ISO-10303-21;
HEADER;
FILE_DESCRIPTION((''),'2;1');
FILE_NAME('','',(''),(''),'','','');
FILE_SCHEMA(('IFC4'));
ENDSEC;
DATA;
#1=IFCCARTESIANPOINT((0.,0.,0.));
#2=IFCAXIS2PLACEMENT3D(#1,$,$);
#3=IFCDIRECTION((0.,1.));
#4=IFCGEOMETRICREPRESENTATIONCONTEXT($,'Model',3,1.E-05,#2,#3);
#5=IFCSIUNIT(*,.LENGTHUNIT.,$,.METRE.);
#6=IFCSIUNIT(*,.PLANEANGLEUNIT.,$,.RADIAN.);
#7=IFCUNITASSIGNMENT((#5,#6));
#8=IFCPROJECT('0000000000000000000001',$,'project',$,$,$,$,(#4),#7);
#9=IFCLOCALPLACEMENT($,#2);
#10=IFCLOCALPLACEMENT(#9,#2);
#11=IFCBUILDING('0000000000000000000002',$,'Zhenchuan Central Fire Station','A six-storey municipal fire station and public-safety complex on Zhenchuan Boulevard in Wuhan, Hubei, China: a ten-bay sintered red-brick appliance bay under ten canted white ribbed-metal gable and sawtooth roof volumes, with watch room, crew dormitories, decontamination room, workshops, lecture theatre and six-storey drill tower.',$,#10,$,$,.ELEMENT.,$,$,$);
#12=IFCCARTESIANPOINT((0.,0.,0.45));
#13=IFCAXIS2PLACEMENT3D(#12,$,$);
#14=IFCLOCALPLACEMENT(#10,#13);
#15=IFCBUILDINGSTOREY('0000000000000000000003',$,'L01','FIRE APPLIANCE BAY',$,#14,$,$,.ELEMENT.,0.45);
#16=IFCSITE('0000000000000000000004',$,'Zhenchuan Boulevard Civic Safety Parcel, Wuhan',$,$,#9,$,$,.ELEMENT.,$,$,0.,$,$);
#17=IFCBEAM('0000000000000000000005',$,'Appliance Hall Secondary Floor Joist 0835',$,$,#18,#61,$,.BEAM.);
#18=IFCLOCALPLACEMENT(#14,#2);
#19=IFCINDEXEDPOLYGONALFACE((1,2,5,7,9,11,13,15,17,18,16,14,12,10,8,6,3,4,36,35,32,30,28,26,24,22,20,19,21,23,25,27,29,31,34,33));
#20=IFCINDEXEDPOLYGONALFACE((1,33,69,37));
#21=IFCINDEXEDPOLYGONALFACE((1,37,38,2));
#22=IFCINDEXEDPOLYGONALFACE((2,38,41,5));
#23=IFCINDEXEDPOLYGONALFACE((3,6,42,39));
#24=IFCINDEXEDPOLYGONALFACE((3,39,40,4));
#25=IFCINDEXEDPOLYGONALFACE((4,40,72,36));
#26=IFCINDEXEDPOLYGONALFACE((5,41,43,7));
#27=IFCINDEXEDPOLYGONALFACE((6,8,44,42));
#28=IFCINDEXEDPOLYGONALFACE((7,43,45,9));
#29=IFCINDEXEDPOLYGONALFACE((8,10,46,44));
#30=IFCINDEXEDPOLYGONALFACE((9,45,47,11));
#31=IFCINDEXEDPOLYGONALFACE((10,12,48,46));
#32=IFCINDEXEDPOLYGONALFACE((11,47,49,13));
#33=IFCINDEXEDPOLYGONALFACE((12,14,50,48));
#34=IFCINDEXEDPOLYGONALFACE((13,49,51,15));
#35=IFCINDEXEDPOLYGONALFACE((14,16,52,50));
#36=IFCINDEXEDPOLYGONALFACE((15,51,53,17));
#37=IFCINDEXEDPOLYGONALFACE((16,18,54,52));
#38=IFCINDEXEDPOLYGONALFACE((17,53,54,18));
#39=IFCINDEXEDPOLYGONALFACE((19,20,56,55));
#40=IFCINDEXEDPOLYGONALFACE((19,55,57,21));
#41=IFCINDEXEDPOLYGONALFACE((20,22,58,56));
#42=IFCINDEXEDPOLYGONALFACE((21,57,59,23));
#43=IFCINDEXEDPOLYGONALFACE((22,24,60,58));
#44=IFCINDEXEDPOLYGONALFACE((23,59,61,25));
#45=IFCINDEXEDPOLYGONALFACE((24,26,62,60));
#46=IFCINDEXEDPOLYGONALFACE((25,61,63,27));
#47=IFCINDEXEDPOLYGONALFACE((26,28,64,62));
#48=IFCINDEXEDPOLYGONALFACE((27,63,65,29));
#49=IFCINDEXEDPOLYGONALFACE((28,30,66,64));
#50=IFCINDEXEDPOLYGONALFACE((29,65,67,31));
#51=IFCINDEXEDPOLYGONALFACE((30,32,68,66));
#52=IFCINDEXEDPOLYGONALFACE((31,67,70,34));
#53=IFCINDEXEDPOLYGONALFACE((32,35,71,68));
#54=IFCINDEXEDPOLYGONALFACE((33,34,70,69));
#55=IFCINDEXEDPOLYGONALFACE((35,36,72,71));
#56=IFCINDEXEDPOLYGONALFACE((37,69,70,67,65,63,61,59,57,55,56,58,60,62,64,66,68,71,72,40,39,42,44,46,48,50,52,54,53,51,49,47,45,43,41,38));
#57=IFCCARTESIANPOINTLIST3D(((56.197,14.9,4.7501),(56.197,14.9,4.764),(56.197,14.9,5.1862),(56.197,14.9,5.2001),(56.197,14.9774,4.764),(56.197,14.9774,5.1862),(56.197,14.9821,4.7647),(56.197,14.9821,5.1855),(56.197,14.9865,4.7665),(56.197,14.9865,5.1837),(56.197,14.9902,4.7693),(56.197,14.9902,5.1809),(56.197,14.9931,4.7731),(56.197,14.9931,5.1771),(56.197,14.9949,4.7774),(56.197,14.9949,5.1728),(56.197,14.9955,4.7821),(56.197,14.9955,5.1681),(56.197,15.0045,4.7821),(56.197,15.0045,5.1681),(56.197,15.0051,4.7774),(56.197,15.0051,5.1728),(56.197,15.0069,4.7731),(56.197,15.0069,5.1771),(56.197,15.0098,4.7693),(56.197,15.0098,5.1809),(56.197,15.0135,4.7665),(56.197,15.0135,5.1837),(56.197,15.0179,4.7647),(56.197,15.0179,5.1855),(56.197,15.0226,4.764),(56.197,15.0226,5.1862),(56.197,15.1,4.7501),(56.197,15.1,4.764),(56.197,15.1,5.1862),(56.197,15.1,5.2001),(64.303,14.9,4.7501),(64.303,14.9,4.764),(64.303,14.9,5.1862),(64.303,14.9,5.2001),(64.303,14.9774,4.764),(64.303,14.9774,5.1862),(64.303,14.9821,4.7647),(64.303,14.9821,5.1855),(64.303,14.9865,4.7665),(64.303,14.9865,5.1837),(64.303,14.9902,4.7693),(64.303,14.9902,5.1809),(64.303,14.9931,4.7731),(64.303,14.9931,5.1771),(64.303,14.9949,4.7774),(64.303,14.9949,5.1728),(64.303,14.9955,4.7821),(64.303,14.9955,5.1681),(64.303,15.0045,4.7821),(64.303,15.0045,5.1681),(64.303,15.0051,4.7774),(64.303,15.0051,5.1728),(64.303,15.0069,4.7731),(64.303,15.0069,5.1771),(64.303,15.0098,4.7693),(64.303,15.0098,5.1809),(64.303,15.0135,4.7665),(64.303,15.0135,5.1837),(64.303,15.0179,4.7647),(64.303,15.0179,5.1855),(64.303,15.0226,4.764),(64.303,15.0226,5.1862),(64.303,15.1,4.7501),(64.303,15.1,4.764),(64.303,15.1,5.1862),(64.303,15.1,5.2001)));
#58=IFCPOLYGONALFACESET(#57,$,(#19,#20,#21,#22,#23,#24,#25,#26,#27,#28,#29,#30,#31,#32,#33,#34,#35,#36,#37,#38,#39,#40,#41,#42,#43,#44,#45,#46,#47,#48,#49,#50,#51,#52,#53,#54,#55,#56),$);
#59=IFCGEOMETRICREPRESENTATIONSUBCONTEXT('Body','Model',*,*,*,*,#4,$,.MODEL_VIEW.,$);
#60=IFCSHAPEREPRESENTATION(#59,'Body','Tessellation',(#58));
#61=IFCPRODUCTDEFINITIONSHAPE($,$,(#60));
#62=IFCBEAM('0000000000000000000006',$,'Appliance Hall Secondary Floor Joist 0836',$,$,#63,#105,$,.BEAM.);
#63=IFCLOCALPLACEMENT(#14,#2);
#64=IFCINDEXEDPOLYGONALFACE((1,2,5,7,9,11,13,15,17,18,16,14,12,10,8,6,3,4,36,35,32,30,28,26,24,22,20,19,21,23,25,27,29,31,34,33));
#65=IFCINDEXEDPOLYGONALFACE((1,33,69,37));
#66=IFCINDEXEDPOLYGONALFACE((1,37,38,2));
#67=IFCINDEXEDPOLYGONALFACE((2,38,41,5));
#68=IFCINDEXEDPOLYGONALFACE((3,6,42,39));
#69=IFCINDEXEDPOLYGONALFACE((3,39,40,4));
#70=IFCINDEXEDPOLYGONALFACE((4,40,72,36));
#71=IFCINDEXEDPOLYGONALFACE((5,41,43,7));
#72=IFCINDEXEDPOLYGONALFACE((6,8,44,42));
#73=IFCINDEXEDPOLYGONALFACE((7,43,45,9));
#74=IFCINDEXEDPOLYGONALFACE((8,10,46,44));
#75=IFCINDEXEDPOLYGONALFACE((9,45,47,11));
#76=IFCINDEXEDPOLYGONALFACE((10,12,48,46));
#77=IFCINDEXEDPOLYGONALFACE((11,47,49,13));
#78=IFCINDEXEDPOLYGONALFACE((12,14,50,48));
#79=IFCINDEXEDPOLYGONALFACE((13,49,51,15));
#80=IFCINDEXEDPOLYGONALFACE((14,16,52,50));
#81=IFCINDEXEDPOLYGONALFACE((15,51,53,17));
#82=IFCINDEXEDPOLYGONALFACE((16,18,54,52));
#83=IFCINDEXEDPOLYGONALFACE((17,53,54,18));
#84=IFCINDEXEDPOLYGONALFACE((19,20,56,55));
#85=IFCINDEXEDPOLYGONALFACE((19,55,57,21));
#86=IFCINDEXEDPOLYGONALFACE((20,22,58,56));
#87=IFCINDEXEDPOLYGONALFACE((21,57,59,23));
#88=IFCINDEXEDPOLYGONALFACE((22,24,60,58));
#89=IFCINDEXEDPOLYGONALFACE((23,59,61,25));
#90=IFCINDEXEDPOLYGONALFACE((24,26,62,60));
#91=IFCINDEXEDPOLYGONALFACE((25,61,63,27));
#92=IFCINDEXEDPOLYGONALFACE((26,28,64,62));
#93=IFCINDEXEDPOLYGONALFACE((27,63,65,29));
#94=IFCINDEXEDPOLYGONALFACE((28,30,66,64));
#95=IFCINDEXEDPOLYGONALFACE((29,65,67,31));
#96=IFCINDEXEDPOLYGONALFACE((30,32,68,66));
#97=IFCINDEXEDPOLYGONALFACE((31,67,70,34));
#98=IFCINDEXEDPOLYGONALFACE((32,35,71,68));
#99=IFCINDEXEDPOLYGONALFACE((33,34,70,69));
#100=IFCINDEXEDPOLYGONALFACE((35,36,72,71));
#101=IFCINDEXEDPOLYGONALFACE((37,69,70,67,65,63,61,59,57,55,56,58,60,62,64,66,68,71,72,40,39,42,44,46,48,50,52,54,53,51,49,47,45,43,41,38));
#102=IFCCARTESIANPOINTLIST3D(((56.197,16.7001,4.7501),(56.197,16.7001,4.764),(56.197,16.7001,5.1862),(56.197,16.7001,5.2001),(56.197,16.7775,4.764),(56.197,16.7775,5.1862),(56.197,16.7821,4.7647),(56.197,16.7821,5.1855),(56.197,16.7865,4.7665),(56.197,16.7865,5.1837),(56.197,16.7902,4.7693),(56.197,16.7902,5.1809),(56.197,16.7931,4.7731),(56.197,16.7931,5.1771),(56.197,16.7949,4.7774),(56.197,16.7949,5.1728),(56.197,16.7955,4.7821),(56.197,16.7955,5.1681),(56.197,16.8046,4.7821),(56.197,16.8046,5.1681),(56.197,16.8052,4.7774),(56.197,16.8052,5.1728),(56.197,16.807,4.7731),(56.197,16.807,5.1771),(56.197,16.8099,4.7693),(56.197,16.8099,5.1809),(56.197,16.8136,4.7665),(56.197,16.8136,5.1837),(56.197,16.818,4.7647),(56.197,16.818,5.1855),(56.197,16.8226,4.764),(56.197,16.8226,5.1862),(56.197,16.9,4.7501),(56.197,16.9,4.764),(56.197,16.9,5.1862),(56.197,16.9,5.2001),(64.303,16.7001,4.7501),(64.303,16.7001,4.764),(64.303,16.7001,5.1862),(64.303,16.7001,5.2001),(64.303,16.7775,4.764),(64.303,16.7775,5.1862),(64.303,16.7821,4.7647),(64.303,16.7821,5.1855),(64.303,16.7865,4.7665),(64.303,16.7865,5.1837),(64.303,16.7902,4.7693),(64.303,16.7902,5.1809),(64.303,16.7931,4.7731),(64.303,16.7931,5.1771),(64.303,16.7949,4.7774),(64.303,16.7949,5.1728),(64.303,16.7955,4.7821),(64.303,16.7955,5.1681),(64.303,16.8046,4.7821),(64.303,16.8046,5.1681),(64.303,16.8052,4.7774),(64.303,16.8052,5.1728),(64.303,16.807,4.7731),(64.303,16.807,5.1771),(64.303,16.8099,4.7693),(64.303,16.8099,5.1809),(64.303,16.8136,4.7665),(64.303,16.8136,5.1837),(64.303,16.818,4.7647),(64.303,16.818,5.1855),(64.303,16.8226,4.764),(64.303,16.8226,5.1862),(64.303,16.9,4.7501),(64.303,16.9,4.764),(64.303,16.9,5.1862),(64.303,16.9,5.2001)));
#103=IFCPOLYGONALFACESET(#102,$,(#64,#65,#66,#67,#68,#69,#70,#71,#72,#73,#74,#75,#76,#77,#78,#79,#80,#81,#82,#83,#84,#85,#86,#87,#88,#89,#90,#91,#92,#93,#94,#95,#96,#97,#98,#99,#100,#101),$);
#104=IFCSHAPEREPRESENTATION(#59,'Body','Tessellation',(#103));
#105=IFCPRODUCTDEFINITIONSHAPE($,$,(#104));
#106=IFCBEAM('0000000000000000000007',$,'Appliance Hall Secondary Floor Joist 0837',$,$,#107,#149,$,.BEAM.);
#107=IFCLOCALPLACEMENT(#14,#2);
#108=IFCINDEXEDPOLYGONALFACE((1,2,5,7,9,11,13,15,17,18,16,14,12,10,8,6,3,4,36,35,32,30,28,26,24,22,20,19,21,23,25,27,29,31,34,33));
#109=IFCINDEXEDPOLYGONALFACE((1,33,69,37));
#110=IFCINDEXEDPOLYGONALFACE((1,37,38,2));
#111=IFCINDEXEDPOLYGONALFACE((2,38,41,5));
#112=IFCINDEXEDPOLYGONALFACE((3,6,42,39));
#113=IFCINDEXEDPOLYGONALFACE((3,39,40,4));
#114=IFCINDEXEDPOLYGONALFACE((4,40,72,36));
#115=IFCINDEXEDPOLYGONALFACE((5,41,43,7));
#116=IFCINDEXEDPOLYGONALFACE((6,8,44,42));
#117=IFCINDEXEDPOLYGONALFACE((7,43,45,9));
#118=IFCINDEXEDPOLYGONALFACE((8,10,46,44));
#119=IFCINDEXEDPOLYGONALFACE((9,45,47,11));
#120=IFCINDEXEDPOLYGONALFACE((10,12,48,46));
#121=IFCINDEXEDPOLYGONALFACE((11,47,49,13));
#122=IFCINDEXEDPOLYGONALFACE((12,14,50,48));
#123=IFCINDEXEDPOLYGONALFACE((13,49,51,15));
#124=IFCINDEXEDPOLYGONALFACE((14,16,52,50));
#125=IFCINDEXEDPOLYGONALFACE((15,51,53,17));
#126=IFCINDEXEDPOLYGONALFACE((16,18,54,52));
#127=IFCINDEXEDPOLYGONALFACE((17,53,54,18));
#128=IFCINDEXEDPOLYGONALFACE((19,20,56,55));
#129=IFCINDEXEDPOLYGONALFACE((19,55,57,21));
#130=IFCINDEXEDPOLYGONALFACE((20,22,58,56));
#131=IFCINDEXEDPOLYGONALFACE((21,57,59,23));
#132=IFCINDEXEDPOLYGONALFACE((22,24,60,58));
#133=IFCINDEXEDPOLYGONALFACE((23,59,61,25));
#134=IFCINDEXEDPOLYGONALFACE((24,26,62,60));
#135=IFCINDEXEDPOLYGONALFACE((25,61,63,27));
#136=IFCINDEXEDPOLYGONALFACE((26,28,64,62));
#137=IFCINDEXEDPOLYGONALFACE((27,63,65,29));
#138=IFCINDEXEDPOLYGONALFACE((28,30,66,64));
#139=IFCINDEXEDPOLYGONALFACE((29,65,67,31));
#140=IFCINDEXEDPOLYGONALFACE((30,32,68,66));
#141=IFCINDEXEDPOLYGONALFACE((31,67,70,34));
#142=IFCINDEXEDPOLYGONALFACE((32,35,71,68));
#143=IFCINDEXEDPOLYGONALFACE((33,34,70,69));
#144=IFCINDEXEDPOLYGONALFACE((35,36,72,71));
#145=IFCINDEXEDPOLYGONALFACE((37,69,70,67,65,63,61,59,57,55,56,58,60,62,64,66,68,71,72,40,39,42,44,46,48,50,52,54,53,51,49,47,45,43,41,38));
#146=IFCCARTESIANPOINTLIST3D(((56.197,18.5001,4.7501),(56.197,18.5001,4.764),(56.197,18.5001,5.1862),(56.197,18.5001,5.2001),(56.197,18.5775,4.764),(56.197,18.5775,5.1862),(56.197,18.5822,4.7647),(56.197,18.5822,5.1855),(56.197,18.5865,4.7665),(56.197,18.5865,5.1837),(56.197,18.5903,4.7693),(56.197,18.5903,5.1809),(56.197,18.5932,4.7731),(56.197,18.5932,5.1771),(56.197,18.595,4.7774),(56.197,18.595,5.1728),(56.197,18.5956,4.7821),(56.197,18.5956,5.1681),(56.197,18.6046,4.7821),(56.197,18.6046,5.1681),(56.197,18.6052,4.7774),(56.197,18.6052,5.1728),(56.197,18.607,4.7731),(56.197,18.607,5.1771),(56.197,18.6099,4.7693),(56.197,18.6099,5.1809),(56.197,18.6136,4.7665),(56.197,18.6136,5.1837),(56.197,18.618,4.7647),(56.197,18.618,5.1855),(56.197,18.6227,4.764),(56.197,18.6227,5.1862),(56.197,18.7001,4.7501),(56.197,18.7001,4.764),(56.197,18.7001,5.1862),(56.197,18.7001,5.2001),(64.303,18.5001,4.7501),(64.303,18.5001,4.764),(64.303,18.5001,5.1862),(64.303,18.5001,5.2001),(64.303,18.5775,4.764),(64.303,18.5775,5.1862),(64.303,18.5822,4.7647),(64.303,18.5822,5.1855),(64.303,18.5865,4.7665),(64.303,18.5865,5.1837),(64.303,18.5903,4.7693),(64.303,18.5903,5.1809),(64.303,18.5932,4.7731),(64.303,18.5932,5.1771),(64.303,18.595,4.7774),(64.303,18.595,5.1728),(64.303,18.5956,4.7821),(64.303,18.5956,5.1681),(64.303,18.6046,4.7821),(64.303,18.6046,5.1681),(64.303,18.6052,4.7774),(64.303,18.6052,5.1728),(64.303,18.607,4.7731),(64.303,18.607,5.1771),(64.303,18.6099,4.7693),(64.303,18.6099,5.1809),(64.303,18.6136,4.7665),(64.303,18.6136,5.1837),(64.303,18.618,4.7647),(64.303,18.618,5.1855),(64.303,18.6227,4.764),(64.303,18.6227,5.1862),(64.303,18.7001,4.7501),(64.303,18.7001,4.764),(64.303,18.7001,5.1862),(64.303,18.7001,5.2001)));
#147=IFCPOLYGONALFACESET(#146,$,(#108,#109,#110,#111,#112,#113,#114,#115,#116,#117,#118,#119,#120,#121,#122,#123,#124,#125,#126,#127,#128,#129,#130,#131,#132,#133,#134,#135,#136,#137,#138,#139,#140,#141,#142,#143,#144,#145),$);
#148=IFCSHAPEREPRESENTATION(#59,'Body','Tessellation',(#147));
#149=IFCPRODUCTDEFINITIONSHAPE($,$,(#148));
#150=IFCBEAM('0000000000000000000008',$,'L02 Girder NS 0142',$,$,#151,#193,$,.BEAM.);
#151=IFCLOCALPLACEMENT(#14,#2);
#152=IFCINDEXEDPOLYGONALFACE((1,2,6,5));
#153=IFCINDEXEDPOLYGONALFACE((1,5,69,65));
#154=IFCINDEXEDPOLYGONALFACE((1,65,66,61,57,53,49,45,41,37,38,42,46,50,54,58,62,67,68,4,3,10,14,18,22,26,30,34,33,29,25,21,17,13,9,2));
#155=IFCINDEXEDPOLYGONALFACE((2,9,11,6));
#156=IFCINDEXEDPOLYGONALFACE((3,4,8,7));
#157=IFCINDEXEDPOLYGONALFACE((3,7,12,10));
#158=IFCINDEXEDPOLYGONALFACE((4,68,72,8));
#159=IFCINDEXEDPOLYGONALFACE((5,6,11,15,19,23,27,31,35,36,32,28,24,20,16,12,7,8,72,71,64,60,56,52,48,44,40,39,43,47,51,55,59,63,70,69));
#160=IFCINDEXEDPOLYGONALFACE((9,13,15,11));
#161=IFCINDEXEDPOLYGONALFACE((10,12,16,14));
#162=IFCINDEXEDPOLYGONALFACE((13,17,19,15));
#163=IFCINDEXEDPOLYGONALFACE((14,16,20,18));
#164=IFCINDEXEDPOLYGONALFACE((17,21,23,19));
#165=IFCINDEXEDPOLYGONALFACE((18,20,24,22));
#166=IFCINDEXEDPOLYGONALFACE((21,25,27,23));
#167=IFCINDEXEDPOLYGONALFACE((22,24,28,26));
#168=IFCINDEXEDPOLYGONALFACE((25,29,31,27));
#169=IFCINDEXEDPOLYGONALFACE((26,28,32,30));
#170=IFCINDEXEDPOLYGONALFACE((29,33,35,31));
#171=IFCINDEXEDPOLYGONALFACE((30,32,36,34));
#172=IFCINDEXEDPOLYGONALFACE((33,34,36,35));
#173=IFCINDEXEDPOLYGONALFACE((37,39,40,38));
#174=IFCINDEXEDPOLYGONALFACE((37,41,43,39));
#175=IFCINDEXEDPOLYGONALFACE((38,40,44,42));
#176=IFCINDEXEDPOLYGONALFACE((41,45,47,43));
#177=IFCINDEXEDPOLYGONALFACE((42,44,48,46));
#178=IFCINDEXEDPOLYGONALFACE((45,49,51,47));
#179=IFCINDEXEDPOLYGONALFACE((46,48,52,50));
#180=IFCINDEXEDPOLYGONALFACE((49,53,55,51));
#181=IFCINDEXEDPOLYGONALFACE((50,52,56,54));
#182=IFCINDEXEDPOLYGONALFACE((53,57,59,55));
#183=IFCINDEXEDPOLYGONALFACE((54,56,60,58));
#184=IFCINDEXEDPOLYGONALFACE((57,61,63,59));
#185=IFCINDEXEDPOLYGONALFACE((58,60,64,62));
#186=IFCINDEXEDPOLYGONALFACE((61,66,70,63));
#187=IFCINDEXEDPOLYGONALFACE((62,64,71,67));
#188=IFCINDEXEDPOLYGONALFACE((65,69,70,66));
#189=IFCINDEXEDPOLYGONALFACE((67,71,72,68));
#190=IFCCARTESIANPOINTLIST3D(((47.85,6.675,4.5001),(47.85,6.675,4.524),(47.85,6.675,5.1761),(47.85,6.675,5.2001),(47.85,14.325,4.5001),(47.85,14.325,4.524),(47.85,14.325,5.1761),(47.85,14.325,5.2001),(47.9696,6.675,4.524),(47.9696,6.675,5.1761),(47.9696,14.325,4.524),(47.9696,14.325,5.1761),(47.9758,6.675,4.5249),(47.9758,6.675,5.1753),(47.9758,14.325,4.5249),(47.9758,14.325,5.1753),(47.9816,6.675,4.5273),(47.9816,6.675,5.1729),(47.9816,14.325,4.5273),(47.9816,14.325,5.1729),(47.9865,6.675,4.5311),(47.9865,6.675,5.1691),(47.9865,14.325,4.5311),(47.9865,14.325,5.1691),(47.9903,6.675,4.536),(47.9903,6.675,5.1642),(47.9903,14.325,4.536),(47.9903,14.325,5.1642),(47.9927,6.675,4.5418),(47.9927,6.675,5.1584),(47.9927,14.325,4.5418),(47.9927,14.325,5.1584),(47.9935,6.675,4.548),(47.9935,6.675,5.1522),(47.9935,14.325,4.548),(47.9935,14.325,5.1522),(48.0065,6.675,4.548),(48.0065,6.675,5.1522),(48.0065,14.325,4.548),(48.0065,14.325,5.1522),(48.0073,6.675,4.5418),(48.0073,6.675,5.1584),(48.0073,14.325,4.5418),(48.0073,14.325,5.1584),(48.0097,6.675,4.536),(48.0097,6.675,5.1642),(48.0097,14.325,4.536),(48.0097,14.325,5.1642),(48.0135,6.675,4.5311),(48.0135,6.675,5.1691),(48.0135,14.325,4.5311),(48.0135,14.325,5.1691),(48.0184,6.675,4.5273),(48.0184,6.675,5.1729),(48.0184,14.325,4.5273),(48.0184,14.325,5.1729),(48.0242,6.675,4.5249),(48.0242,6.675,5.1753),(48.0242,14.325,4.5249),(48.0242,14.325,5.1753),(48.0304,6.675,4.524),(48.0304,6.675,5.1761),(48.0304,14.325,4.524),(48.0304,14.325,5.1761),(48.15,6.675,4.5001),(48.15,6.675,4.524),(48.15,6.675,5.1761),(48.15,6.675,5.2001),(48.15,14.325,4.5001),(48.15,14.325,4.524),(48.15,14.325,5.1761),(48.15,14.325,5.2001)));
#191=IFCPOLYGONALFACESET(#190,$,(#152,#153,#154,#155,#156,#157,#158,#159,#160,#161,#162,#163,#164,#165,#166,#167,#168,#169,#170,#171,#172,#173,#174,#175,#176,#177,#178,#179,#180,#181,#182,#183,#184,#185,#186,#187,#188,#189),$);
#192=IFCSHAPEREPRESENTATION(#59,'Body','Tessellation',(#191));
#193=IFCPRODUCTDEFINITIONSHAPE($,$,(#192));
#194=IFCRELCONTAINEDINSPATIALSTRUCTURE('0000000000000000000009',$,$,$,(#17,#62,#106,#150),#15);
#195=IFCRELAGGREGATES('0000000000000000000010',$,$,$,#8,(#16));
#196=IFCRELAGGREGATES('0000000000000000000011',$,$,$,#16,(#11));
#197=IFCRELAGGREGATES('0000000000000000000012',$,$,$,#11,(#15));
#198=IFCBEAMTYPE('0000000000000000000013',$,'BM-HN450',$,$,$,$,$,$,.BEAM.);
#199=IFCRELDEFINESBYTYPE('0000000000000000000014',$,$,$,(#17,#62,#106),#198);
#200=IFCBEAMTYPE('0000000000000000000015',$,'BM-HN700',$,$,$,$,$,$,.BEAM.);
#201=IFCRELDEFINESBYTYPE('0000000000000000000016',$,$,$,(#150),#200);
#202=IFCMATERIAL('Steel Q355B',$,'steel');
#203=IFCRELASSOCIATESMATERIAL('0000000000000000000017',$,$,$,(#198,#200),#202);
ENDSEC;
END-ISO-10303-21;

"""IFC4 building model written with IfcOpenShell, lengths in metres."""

from ifc_helpers import new_model, si_unit, direction, frame, origin, origin_2d, place, context, subcontext, project, spatial, i_section, extrude, material, material_profile, profile_set, type_object, element, save


model = new_model("IFC4")

# Units and contexts
model_context = context("Model", 3, precision=1e-05, world=origin(), true_north=direction((0.0, 1.0)))
body_context = subcontext(model_context, "Body", "Model", "MODEL_VIEW")
ifc_project = project(units=[si_unit("LENGTHUNIT", "METRE"), si_unit("PLANEANGLEUNIT", "RADIAN")], contexts=[model_context])

# Site, building, storey
site_placement = place(None, origin())
site = spatial("IfcSite", under=ifc_project, at=site_placement, Name="Zhenchuan Boulevard Civic Safety Parcel, Wuhan", CompositionType="ELEMENT", RefElevation=0.0)
building_placement = place(site_placement, origin())
building = spatial("IfcBuilding", under=site, at=building_placement, Name="Zhenchuan Central Fire Station", Description="A six-storey municipal fire station and public-safety complex on Zhenchuan Boulevard in Wuhan, Hubei, China: a ten-bay sintered red-brick appliance bay under ten canted white ribbed-metal gable and sawtooth roof volumes, with watch room, crew dormitories, decontamination room, workshops, lecture theatre and six-storey drill tower.", CompositionType="ELEMENT")
storey_placement = place(building_placement, frame((0.0, 0.0, 0.45)))
storey = spatial("IfcBuildingStorey", under=building, at=storey_placement, Name="L01", Description="FIRE APPLIANCE BAY", CompositionType="ELEMENT", Elevation=0.45)

# Shared definitions
ifc_material_1 = material(Name="Steel Q355B", Category="steel")

# Beams
ifc_material_profile_1 = material_profile(ifc_material_1, i_section(OverallWidth=0.2, OverallDepth=0.45, WebThickness=0.009, FlangeThickness=0.0139, FilletRadius=0.0181, at=origin_2d()), Name="HN 450x200")
ifc_profile_set_1 = profile_set([ifc_material_profile_1], Name="Steel Q355B")
beam_type_1 = type_object("IfcBeamType", Name="BM-HN450", PredefinedType="BEAM", material=ifc_profile_set_1)
for number, where, z_axis, x_axis, name in (
    (1, (56.197, 15.0, 4.9751), (1.0, 0.0, 0.0), (0.0, 1.0, 0.0), "Appliance Hall Secondary Floor Joist 0835"),
    (2, (56.197, 16.8, 4.9751), (1.0, 0.0, 0.0), (0.0, 1.0, 0.0), "Appliance Hall Secondary Floor Joist 0836"),
    (3, (56.197, 18.6001, 4.9751), (1.0, 0.0, 0.0), (0.0, 1.0, 0.0), "Appliance Hall Secondary Floor Joist 0837"),
):
    element("IfcBeam", number, at=place(storey_placement, frame(where, z_axis=z_axis, x_axis=x_axis)), inside=storey, type_object=beam_type_1, Name=name, PredefinedType="BEAM", context=body_context, shape_type="SweptSolid", body=[
        extrude(i_section(OverallWidth=0.2, OverallDepth=0.45, WebThickness=0.009, FlangeThickness=0.0139, FilletRadius=0.0181, at=origin_2d()), origin(), (0.0, 0.0, 1.0), 8.106),
    ])
ifc_material_profile_2 = material_profile(ifc_material_1, i_section(OverallWidth=0.3, OverallDepth=0.7, WebThickness=0.0129, FlangeThickness=0.0239, FilletRadius=0.0239, at=origin_2d()), Name="HN 700x300")
ifc_profile_set_2 = profile_set([ifc_material_profile_2], Name="Steel Q355B")
beam_type_2 = type_object("IfcBeamType", Name="BM-HN700", PredefinedType="BEAM", material=ifc_profile_set_2)
beam_1_placement = place(storey_placement, frame((48.0, 6.675, 4.8501), z_axis=(0.0, 1.0, 0.0), x_axis=(-1.0, 0.0, 0.0)))
element("IfcBeam", 4, at=beam_1_placement, inside=storey, type_object=beam_type_2, Name="L02 Girder NS 0142", PredefinedType="BEAM", context=body_context, shape_type="SweptSolid", body=[
    extrude(i_section(OverallWidth=0.3, OverallDepth=0.7, WebThickness=0.0129, FlangeThickness=0.0239, FilletRadius=0.0239, at=origin_2d()), origin(), (0.0, 0.0, 1.0), 7.6499),
])

save(model, "model.ifc")
